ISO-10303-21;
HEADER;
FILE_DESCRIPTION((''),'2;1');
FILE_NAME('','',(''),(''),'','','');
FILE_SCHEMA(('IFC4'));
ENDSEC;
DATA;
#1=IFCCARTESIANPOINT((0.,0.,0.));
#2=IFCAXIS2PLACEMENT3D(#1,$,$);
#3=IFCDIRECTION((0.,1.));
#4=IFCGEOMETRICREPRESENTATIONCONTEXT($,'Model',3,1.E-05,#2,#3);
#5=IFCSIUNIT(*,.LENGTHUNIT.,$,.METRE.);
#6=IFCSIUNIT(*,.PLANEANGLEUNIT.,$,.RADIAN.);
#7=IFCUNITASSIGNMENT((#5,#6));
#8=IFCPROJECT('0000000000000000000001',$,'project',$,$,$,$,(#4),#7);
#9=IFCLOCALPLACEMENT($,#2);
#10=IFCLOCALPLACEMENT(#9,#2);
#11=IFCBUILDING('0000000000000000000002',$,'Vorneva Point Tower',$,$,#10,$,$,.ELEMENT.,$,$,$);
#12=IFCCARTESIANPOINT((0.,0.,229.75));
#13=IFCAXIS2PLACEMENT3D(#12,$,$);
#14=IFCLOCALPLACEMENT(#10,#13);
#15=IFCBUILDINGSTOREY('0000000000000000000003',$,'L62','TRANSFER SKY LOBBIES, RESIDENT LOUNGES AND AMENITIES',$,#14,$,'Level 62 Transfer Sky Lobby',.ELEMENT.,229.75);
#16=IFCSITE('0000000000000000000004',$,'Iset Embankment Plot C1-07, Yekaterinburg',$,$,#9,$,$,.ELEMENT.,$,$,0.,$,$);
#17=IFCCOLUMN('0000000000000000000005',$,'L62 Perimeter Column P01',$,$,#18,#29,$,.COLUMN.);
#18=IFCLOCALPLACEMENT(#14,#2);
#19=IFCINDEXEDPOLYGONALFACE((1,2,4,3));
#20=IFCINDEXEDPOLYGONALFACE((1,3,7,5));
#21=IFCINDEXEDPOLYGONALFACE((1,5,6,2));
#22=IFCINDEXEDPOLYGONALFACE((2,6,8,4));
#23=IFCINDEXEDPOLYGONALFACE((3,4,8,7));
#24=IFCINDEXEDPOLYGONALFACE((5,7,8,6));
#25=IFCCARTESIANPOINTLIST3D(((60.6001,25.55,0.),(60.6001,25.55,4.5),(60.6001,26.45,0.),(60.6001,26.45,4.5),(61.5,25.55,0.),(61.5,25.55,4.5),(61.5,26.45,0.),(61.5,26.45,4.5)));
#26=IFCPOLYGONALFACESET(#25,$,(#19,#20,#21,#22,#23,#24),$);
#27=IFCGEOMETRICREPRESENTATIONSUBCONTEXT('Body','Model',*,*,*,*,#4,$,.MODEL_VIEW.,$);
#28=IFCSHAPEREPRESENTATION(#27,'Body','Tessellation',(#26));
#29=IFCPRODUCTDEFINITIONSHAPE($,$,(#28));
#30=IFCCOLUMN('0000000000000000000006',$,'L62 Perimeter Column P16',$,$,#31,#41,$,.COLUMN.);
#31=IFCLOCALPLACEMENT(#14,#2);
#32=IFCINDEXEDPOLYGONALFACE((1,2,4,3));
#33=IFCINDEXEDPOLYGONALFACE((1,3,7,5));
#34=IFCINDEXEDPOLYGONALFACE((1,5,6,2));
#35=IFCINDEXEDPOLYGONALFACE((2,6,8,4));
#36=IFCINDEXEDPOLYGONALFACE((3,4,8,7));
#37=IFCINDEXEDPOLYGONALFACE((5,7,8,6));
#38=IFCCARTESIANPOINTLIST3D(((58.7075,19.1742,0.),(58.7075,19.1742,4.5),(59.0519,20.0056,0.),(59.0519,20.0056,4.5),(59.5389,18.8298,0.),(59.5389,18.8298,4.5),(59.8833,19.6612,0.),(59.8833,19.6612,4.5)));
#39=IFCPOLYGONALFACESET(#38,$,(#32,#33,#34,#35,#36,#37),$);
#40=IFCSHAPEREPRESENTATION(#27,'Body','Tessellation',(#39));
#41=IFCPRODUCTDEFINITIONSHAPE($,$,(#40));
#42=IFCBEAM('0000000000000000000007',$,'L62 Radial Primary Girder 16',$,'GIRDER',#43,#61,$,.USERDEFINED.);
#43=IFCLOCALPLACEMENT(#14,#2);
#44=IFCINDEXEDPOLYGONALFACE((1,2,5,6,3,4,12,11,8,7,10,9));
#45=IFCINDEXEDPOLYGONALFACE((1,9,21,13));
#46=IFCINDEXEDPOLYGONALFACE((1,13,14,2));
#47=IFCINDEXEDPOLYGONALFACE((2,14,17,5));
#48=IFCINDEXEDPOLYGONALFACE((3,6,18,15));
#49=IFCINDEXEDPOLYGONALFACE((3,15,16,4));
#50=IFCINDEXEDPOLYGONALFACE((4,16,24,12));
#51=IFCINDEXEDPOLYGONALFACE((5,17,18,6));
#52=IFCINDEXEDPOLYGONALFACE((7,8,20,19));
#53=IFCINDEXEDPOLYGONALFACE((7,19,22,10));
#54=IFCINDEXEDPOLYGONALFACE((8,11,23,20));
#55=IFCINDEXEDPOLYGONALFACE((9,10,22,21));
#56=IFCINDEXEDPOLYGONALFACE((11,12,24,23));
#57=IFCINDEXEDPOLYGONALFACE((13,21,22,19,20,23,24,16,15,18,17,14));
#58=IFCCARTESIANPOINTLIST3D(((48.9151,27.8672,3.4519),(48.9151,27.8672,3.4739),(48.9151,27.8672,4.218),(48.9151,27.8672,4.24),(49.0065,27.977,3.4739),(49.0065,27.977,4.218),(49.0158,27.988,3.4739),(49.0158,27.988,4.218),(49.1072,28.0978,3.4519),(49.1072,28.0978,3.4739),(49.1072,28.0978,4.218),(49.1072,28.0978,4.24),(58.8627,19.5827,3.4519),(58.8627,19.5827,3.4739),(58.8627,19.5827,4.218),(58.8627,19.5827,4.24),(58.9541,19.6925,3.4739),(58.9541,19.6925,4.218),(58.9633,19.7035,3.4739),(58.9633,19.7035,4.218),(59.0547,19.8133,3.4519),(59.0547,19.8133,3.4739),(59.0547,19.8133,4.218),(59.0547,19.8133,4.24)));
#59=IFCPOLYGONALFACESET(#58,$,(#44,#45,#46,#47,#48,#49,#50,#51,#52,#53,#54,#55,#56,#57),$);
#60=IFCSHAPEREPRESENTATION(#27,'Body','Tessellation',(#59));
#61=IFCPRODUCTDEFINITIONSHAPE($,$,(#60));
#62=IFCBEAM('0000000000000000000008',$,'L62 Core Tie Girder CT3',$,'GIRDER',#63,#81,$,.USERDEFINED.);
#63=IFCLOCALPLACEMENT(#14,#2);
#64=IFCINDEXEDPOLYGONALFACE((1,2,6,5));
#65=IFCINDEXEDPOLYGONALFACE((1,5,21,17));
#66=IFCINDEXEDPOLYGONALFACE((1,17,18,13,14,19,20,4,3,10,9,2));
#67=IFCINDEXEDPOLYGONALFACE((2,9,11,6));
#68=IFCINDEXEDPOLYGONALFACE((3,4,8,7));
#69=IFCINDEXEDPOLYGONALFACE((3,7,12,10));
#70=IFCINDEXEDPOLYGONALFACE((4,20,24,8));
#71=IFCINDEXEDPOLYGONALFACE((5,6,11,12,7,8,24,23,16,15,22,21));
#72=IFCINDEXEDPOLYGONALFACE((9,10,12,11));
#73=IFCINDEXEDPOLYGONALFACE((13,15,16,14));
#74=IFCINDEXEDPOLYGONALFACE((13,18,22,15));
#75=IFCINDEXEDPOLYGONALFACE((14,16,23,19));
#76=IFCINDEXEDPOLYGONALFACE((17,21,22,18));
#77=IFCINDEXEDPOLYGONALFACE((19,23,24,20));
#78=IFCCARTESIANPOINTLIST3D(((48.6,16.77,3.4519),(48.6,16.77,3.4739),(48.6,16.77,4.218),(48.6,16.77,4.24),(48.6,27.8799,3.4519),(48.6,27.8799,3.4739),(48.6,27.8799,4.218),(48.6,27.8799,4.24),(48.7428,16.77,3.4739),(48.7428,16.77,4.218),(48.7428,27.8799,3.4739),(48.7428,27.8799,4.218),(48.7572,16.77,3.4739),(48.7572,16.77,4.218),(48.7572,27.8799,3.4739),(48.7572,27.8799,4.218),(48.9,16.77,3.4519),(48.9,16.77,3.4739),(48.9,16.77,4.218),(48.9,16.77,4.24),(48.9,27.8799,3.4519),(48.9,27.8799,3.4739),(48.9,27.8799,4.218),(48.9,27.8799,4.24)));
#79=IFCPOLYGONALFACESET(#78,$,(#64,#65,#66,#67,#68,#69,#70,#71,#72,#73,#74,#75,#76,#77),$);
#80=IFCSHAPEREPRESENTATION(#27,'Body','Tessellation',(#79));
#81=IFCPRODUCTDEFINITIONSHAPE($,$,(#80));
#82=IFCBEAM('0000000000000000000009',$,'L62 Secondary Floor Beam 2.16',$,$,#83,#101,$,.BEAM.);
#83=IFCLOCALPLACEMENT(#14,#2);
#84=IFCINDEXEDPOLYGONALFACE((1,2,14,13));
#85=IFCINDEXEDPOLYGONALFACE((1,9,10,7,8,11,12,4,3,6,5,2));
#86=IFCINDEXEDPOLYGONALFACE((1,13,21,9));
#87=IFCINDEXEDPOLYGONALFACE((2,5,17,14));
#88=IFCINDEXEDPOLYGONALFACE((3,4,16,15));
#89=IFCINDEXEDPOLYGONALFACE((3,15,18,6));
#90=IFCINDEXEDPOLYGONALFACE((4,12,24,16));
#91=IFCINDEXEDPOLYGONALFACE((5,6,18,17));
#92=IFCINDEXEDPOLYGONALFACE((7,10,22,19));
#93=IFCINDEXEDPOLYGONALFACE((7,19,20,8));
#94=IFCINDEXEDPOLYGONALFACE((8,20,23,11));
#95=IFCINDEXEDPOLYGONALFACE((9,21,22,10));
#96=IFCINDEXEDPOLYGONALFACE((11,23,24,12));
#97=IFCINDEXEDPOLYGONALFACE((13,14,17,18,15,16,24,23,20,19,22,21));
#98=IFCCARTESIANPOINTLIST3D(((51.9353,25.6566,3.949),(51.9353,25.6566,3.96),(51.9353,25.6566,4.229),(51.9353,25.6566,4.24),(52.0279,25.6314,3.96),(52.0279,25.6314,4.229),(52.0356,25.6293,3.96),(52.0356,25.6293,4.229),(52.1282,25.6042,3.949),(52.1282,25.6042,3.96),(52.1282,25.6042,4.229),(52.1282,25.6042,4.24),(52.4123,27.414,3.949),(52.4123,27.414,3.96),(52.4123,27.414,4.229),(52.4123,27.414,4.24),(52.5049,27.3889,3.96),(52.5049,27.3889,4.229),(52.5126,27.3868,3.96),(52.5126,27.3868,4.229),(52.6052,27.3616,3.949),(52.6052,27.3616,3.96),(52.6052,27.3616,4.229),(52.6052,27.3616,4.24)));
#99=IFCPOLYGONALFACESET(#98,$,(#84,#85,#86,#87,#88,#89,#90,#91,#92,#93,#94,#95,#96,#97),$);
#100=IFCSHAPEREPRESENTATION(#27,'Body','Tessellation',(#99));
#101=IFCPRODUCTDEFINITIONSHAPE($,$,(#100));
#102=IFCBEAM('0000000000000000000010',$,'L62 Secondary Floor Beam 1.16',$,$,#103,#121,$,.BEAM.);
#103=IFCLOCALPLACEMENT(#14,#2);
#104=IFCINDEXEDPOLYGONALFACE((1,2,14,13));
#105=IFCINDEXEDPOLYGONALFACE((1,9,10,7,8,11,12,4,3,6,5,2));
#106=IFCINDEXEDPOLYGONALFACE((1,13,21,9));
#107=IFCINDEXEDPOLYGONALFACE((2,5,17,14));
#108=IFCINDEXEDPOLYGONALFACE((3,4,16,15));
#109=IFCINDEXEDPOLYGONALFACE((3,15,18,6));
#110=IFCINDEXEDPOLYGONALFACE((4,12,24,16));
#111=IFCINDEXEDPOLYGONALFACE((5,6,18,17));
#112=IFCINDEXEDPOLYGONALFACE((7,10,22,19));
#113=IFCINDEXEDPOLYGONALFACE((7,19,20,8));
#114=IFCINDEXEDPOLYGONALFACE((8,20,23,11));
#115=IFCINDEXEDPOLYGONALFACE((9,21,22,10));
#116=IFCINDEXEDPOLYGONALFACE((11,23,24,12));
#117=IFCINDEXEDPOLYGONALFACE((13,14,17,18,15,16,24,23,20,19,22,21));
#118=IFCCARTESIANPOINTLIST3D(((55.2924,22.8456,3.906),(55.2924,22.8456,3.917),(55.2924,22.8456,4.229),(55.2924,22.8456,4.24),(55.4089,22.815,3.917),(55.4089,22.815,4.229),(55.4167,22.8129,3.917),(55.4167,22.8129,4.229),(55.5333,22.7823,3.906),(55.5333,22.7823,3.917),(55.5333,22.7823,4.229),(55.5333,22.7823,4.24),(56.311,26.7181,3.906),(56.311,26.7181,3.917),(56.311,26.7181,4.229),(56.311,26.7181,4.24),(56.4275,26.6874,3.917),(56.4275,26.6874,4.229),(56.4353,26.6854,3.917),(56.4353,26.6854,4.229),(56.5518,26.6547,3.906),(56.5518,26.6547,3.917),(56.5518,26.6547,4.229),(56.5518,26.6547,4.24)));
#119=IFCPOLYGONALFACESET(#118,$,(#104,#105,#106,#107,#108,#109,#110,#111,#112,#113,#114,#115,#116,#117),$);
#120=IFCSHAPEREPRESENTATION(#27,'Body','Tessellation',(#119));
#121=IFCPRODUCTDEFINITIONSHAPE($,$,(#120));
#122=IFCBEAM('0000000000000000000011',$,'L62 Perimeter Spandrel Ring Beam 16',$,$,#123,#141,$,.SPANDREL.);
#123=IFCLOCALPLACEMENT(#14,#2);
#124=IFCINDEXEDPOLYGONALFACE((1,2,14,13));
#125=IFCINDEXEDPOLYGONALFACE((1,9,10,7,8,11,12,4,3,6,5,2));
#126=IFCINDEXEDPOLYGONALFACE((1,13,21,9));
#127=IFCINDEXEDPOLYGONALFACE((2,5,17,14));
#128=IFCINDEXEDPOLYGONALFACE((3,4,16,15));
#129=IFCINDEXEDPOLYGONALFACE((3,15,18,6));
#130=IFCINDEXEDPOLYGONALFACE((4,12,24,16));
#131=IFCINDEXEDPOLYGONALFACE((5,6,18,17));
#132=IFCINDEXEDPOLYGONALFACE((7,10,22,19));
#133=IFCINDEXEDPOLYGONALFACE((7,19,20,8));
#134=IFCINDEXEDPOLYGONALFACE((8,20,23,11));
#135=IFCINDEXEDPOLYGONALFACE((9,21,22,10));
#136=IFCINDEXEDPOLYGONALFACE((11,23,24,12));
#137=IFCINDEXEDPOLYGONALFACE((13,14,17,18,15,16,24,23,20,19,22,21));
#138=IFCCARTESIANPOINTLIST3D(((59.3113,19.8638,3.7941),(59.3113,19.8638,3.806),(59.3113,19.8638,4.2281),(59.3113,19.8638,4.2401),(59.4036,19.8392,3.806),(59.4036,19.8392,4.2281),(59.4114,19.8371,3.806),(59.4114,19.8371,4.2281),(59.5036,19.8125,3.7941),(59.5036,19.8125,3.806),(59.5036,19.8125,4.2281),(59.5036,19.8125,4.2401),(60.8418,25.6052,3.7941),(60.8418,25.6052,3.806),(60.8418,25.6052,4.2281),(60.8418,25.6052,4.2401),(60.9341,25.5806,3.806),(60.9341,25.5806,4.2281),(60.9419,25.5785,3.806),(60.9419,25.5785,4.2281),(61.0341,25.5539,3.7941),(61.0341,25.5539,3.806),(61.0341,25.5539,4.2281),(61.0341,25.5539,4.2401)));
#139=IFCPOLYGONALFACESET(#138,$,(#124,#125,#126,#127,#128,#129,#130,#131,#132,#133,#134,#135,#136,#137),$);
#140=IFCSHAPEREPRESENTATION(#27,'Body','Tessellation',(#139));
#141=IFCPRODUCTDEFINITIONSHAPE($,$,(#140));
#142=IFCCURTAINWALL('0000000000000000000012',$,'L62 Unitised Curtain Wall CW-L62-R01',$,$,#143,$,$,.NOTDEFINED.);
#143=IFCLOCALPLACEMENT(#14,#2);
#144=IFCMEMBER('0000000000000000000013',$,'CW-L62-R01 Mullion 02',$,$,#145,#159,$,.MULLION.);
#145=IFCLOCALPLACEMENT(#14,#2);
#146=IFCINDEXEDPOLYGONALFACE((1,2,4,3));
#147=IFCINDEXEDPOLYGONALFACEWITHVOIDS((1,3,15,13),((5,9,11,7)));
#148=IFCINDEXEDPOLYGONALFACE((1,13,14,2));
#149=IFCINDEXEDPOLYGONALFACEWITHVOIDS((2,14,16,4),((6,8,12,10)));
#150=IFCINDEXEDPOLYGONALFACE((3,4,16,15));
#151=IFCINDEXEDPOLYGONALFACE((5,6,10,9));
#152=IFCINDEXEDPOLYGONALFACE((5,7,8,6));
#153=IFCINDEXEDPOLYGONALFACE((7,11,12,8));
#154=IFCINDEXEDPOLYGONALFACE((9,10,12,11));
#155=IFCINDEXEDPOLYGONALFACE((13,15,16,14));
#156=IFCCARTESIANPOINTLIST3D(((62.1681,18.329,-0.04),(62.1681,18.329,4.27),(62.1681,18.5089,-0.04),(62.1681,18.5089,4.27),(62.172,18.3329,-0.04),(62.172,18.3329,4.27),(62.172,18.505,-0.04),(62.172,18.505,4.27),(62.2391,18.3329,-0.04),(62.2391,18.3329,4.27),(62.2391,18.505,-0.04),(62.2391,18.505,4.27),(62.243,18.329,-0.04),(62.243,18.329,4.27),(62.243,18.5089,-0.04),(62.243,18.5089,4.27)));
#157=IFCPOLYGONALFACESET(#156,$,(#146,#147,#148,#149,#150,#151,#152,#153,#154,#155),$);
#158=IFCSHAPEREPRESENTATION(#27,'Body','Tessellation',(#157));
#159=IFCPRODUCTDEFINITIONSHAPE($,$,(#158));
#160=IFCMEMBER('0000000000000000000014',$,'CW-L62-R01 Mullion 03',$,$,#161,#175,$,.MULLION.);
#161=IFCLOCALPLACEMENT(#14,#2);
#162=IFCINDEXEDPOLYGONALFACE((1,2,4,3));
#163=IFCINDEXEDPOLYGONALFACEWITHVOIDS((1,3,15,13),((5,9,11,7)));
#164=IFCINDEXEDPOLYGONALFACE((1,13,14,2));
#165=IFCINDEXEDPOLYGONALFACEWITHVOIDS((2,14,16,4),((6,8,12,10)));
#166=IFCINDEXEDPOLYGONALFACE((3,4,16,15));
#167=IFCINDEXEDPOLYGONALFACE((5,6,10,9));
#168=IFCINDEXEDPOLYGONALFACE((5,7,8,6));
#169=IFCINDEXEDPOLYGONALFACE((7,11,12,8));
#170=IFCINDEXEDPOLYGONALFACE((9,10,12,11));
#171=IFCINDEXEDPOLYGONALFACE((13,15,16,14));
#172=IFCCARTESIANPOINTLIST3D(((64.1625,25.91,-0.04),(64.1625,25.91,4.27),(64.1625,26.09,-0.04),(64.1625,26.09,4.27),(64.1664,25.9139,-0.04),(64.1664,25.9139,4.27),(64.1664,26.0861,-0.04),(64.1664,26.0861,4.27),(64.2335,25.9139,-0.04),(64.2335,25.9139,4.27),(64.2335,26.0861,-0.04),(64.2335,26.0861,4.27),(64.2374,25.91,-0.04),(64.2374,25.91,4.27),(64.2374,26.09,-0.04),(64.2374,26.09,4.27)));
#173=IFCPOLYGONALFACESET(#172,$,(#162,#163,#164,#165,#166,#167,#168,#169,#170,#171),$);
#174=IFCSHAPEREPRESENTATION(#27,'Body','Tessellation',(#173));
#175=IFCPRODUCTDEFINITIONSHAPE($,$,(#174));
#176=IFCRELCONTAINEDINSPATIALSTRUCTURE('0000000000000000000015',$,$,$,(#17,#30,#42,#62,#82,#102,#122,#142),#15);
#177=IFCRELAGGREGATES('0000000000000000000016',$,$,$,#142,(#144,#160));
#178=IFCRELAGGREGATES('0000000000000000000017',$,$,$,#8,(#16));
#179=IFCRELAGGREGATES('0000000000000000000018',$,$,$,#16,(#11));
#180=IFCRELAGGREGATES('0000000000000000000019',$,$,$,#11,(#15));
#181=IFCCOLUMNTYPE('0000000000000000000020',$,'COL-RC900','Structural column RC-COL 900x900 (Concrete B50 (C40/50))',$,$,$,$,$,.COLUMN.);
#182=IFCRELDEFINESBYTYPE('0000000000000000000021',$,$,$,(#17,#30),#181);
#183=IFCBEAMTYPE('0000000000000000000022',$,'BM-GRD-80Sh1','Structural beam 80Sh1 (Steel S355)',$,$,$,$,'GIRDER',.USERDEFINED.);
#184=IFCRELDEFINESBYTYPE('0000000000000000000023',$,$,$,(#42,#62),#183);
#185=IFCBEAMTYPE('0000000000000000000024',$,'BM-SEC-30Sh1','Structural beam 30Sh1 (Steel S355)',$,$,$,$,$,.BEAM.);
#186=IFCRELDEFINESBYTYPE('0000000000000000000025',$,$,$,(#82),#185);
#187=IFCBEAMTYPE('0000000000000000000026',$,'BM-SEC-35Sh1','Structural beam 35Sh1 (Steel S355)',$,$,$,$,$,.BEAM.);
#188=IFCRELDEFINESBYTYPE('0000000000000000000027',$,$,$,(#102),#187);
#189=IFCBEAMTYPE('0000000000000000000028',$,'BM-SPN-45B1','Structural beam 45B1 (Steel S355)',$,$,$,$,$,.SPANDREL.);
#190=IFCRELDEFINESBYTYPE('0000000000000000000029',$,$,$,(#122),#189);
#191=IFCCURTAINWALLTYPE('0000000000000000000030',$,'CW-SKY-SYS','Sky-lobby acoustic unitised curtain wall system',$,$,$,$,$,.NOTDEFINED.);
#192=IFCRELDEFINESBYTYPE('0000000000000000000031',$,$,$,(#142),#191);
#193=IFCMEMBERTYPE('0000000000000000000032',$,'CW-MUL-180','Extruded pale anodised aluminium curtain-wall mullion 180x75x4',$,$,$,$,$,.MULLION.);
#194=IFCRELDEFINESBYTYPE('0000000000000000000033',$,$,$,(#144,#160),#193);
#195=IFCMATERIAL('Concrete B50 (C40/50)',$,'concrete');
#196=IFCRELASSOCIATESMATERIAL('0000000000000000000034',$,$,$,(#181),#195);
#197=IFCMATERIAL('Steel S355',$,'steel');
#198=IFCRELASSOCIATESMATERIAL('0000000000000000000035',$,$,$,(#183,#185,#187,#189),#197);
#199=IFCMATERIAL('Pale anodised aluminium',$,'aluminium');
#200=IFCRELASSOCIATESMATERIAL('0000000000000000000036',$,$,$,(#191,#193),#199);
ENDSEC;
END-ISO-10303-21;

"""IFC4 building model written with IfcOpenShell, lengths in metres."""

from ifc_helpers import new_model, si_unit, direction, frame, origin, origin_2d, place, context, subcontext, project, spatial, rectangle, hollow_rectangle, i_section, extrude, material, material_profile, profile_set, type_object, element, aggregate, save


model = new_model("IFC4")

# Units and contexts
model_context = context("Model", 3, precision=1e-05, world=origin(), true_north=direction((0.0, 1.0)))
body_context = subcontext(model_context, "Body", "Model", "MODEL_VIEW")
ifc_project = project(units=[si_unit("LENGTHUNIT", "METRE"), si_unit("PLANEANGLEUNIT", "RADIAN")], contexts=[model_context])

# Site, building, storey
site_placement = place(None, origin())
site = spatial("IfcSite", under=ifc_project, at=site_placement, Name="Iset Embankment Plot C1-07, Yekaterinburg", CompositionType="ELEMENT", RefElevation=0.0)
building_placement = place(site_placement, origin())
building = spatial("IfcBuilding", under=site, at=building_placement, Name="Vorneva Point Tower", CompositionType="ELEMENT")
storey_placement = place(building_placement, frame((0.0, 0.0, 229.75)))
storey = spatial("IfcBuildingStorey", under=building, at=storey_placement, Name="L62", Description="TRANSFER SKY LOBBIES, RESIDENT LOUNGES AND AMENITIES", LongName="Level 62 Transfer Sky Lobby", CompositionType="ELEMENT", Elevation=229.75)

# Columns
ifc_material_1 = material(Name="Concrete B50 (C40/50)", Category="concrete")
ifc_material_profile_1 = material_profile(ifc_material_1, rectangle(XDim=0.8999, YDim=0.8999, at=origin_2d()), Name="RC-COL 900x900")
ifc_profile_set_1 = profile_set([ifc_material_profile_1], Name="Concrete B50 (C40/50)")
column_type = type_object("IfcColumnType", Name="COL-RC900", Description="Structural column RC-COL 900x900 (Concrete B50 (C40/50))", PredefinedType="COLUMN", material=ifc_profile_set_1)
for number, where, z_axis, x_axis, name in (
    (1, (61.05, 26.0, 0.0), (0.0, 0.0, 1.0), (1.0, 0.0, 0.0), "L62 Perimeter Column P01"),
    (2, (59.2954, 19.4177, 0.0), (0.0, 0.0, 1.0), (0.92388, -0.382683, 0.0), "L62 Perimeter Column P16"),
):
    element("IfcColumn", number, at=place(storey_placement, frame(where, z_axis=z_axis, x_axis=x_axis)), inside=storey, type_object=column_type, Name=name, PredefinedType="COLUMN", context=body_context, shape_type="SweptSolid", body=[
        extrude(rectangle(XDim=0.8999, YDim=0.8999, at=origin_2d()), origin(), (0.0, 0.0, 1.0), 4.5),
    ])

# Beams
ifc_material_2 = material(Name="Steel S355", Category="steel")
ifc_material_profile_2 = material_profile(ifc_material_2, i_section(OverallWidth=0.3, OverallDepth=0.7881, WebThickness=0.0144, FlangeThickness=0.022, at=origin_2d()), Name="80Sh1")
ifc_profile_set_2 = profile_set([ifc_material_profile_2], Name="Steel S355")
beam_type_1 = type_object("IfcBeamType", Name="BM-GRD-80Sh1", Description="Structural beam 80Sh1 (Steel S355)", ElementType="GIRDER", PredefinedType="USERDEFINED", material=ifc_profile_set_2)
beam_1_placement = place(storey_placement, frame((58.9587, 19.698, 3.8459), z_axis=(-0.768418, 0.639949, 0.0), x_axis=(-0.639949, -0.768418, 0.0)))
element("IfcBeam", 3, at=beam_1_placement, inside=storey, type_object=beam_type_1, Name="L62 Radial Primary Girder 16", ObjectType="GIRDER", PredefinedType="USERDEFINED", context=body_context, shape_type="SweptSolid", body=[
    extrude(i_section(OverallWidth=0.3, OverallDepth=0.7881, WebThickness=0.0144, FlangeThickness=0.022, at=origin_2d()), origin(), (0.0, 0.0, 1.0), 12.9456),
])
beam_2_placement = place(storey_placement, frame((48.75, 16.77, 3.8459), z_axis=(0.0, 1.0, 0.0), x_axis=(-1.0, 0.0, 0.0)))
element("IfcBeam", 4, at=beam_2_placement, inside=storey, type_object=beam_type_1, Name="L62 Core Tie Girder CT3", ObjectType="GIRDER", PredefinedType="USERDEFINED", context=body_context, shape_type="SweptSolid", body=[
    extrude(i_section(OverallWidth=0.3, OverallDepth=0.7881, WebThickness=0.0144, FlangeThickness=0.022, at=origin_2d()), origin(), (0.0, 0.0, 1.0), 11.1099),
])
ifc_material_profile_3 = material_profile(ifc_material_2, i_section(OverallWidth=0.2, OverallDepth=0.291, WebThickness=0.0081, FlangeThickness=0.011, at=origin_2d()), Name="30Sh1")
ifc_profile_set_3 = profile_set([ifc_material_profile_3], Name="Steel S355")
beam_type_2 = type_object("IfcBeamType", Name="BM-SEC-30Sh1", Description="Structural beam 30Sh1 (Steel S355)", PredefinedType="BEAM", material=ifc_profile_set_3)
beam_3_placement = place(storey_placement, frame((52.0317, 25.6304, 4.0945), z_axis=(0.261949, 0.965082, 0.0), x_axis=(-0.965082, 0.261949, 0.0)))
element("IfcBeam", 5, at=beam_3_placement, inside=storey, type_object=beam_type_2, Name="L62 Secondary Floor Beam 2.16", PredefinedType="BEAM", context=body_context, shape_type="SweptSolid", body=[
    extrude(i_section(OverallWidth=0.2, OverallDepth=0.291, WebThickness=0.0081, FlangeThickness=0.011, at=origin_2d()), origin(), (0.0, 0.0, 1.0), 1.821),
])
ifc_material_profile_4 = material_profile(ifc_material_2, i_section(OverallWidth=0.249, OverallDepth=0.334, WebThickness=0.0081, FlangeThickness=0.011, at=origin_2d()), Name="35Sh1")
ifc_profile_set_4 = profile_set([ifc_material_profile_4], Name="Steel S355")
beam_type_3 = type_object("IfcBeamType", Name="BM-SEC-35Sh1", Description="Structural beam 35Sh1 (Steel S355)", PredefinedType="BEAM", material=ifc_profile_set_4)
beam_4_placement = place(storey_placement, frame((55.4128, 22.814, 4.073), z_axis=(0.254382, 0.967104, 0.0), x_axis=(-0.967104, 0.254382, 0.0)))
element("IfcBeam", 6, at=beam_4_placement, inside=storey, type_object=beam_type_3, Name="L62 Secondary Floor Beam 1.16", PredefinedType="BEAM", context=body_context, shape_type="SweptSolid", body=[
    extrude(i_section(OverallWidth=0.249, OverallDepth=0.334, WebThickness=0.0081, FlangeThickness=0.011, at=origin_2d()), origin(), (0.0, 0.0, 1.0), 4.0042),
])
ifc_material_profile_5 = material_profile(ifc_material_2, i_section(OverallWidth=0.199, OverallDepth=0.446, WebThickness=0.0081, FlangeThickness=0.012, at=origin_2d()), Name="45B1")
ifc_profile_set_5 = profile_set([ifc_material_profile_5], Name="Steel S355")
beam_type_4 = type_object("IfcBeamType", Name="BM-SPN-45B1", Description="Structural beam 45B1 (Steel S355)", PredefinedType="SPANDREL", material=ifc_profile_set_5)
beam_5_placement = place(storey_placement, frame((59.4075, 19.8381, 4.0171), z_axis=(0.257578, 0.966257, 0.0), x_axis=(-0.966257, 0.257578, 0.0)))
element("IfcBeam", 7, at=beam_5_placement, inside=storey, type_object=beam_type_4, Name="L62 Perimeter Spandrel Ring Beam 16", PredefinedType="SPANDREL", context=body_context, shape_type="SweptSolid", body=[
    extrude(i_section(OverallWidth=0.199, OverallDepth=0.446, WebThickness=0.0081, FlangeThickness=0.012, at=origin_2d()), origin(), (0.0, 0.0, 1.0), 5.9419),
])

# Curtain wall, members
ifc_material_3 = material(Name="Pale anodised aluminium", Category="aluminium")
curtain_wall_type = type_object("IfcCurtainWallType", Name="CW-SKY-SYS", Description="Sky-lobby acoustic unitised curtain wall system", PredefinedType="NOTDEFINED", material=ifc_material_3)
curtain_wall_placement = place(storey_placement, origin())
curtain_wall = element("IfcCurtainWall", 8, at=curtain_wall_placement, inside=storey, type_object=curtain_wall_type, Name="L62 Unitised Curtain Wall CW-L62-R01", PredefinedType="NOTDEFINED")
ifc_material_profile_6 = material_profile(ifc_material_3, hollow_rectangle(XDim=0.075, YDim=0.1799, WallThickness=0.0039, at=origin_2d()), Name="AL-MUL 180x75x4")
ifc_profile_set_6 = profile_set([ifc_material_profile_6], Name="Pale anodised aluminium")
member_type_1 = type_object("IfcMemberType", Name="CW-MUL-180", Description="Extruded pale anodised aluminium curtain-wall mullion 180x75x4", PredefinedType="MULLION", material=ifc_profile_set_6)
member_1_placement = place(storey_placement, frame((62.2056, 18.4189, -0.04), z_axis=(0.0, 0.0, 1.0), x_axis=(1.0, 0.0, 0.0)))
member_1 = element("IfcMember", 9, at=member_1_placement, type_object=member_type_1, Name="CW-L62-R01 Mullion 02", PredefinedType="MULLION", context=body_context, shape_type="SweptSolid", body=[
    extrude(hollow_rectangle(XDim=0.075, YDim=0.1799, WallThickness=0.0039, at=origin_2d()), origin(), (0.0, 0.0, 1.0), 4.3101),
])
member_2_placement = place(storey_placement, frame((64.2, 26.0, -0.04), z_axis=(0.0, 0.0, 1.0), x_axis=(1.0, 0.0, 0.0)))
member_2 = element("IfcMember", 10, at=member_2_placement, type_object=member_type_1, Name="CW-L62-R01 Mullion 03", PredefinedType="MULLION", context=body_context, shape_type="SweptSolid", body=[
    extrude(hollow_rectangle(XDim=0.075, YDim=0.1799, WallThickness=0.0039, at=origin_2d()), origin(), (0.0, 0.0, 1.0), 4.3101),
])
aggregate(curtain_wall, [member_1, member_2])

save(model, "model.ifc")
